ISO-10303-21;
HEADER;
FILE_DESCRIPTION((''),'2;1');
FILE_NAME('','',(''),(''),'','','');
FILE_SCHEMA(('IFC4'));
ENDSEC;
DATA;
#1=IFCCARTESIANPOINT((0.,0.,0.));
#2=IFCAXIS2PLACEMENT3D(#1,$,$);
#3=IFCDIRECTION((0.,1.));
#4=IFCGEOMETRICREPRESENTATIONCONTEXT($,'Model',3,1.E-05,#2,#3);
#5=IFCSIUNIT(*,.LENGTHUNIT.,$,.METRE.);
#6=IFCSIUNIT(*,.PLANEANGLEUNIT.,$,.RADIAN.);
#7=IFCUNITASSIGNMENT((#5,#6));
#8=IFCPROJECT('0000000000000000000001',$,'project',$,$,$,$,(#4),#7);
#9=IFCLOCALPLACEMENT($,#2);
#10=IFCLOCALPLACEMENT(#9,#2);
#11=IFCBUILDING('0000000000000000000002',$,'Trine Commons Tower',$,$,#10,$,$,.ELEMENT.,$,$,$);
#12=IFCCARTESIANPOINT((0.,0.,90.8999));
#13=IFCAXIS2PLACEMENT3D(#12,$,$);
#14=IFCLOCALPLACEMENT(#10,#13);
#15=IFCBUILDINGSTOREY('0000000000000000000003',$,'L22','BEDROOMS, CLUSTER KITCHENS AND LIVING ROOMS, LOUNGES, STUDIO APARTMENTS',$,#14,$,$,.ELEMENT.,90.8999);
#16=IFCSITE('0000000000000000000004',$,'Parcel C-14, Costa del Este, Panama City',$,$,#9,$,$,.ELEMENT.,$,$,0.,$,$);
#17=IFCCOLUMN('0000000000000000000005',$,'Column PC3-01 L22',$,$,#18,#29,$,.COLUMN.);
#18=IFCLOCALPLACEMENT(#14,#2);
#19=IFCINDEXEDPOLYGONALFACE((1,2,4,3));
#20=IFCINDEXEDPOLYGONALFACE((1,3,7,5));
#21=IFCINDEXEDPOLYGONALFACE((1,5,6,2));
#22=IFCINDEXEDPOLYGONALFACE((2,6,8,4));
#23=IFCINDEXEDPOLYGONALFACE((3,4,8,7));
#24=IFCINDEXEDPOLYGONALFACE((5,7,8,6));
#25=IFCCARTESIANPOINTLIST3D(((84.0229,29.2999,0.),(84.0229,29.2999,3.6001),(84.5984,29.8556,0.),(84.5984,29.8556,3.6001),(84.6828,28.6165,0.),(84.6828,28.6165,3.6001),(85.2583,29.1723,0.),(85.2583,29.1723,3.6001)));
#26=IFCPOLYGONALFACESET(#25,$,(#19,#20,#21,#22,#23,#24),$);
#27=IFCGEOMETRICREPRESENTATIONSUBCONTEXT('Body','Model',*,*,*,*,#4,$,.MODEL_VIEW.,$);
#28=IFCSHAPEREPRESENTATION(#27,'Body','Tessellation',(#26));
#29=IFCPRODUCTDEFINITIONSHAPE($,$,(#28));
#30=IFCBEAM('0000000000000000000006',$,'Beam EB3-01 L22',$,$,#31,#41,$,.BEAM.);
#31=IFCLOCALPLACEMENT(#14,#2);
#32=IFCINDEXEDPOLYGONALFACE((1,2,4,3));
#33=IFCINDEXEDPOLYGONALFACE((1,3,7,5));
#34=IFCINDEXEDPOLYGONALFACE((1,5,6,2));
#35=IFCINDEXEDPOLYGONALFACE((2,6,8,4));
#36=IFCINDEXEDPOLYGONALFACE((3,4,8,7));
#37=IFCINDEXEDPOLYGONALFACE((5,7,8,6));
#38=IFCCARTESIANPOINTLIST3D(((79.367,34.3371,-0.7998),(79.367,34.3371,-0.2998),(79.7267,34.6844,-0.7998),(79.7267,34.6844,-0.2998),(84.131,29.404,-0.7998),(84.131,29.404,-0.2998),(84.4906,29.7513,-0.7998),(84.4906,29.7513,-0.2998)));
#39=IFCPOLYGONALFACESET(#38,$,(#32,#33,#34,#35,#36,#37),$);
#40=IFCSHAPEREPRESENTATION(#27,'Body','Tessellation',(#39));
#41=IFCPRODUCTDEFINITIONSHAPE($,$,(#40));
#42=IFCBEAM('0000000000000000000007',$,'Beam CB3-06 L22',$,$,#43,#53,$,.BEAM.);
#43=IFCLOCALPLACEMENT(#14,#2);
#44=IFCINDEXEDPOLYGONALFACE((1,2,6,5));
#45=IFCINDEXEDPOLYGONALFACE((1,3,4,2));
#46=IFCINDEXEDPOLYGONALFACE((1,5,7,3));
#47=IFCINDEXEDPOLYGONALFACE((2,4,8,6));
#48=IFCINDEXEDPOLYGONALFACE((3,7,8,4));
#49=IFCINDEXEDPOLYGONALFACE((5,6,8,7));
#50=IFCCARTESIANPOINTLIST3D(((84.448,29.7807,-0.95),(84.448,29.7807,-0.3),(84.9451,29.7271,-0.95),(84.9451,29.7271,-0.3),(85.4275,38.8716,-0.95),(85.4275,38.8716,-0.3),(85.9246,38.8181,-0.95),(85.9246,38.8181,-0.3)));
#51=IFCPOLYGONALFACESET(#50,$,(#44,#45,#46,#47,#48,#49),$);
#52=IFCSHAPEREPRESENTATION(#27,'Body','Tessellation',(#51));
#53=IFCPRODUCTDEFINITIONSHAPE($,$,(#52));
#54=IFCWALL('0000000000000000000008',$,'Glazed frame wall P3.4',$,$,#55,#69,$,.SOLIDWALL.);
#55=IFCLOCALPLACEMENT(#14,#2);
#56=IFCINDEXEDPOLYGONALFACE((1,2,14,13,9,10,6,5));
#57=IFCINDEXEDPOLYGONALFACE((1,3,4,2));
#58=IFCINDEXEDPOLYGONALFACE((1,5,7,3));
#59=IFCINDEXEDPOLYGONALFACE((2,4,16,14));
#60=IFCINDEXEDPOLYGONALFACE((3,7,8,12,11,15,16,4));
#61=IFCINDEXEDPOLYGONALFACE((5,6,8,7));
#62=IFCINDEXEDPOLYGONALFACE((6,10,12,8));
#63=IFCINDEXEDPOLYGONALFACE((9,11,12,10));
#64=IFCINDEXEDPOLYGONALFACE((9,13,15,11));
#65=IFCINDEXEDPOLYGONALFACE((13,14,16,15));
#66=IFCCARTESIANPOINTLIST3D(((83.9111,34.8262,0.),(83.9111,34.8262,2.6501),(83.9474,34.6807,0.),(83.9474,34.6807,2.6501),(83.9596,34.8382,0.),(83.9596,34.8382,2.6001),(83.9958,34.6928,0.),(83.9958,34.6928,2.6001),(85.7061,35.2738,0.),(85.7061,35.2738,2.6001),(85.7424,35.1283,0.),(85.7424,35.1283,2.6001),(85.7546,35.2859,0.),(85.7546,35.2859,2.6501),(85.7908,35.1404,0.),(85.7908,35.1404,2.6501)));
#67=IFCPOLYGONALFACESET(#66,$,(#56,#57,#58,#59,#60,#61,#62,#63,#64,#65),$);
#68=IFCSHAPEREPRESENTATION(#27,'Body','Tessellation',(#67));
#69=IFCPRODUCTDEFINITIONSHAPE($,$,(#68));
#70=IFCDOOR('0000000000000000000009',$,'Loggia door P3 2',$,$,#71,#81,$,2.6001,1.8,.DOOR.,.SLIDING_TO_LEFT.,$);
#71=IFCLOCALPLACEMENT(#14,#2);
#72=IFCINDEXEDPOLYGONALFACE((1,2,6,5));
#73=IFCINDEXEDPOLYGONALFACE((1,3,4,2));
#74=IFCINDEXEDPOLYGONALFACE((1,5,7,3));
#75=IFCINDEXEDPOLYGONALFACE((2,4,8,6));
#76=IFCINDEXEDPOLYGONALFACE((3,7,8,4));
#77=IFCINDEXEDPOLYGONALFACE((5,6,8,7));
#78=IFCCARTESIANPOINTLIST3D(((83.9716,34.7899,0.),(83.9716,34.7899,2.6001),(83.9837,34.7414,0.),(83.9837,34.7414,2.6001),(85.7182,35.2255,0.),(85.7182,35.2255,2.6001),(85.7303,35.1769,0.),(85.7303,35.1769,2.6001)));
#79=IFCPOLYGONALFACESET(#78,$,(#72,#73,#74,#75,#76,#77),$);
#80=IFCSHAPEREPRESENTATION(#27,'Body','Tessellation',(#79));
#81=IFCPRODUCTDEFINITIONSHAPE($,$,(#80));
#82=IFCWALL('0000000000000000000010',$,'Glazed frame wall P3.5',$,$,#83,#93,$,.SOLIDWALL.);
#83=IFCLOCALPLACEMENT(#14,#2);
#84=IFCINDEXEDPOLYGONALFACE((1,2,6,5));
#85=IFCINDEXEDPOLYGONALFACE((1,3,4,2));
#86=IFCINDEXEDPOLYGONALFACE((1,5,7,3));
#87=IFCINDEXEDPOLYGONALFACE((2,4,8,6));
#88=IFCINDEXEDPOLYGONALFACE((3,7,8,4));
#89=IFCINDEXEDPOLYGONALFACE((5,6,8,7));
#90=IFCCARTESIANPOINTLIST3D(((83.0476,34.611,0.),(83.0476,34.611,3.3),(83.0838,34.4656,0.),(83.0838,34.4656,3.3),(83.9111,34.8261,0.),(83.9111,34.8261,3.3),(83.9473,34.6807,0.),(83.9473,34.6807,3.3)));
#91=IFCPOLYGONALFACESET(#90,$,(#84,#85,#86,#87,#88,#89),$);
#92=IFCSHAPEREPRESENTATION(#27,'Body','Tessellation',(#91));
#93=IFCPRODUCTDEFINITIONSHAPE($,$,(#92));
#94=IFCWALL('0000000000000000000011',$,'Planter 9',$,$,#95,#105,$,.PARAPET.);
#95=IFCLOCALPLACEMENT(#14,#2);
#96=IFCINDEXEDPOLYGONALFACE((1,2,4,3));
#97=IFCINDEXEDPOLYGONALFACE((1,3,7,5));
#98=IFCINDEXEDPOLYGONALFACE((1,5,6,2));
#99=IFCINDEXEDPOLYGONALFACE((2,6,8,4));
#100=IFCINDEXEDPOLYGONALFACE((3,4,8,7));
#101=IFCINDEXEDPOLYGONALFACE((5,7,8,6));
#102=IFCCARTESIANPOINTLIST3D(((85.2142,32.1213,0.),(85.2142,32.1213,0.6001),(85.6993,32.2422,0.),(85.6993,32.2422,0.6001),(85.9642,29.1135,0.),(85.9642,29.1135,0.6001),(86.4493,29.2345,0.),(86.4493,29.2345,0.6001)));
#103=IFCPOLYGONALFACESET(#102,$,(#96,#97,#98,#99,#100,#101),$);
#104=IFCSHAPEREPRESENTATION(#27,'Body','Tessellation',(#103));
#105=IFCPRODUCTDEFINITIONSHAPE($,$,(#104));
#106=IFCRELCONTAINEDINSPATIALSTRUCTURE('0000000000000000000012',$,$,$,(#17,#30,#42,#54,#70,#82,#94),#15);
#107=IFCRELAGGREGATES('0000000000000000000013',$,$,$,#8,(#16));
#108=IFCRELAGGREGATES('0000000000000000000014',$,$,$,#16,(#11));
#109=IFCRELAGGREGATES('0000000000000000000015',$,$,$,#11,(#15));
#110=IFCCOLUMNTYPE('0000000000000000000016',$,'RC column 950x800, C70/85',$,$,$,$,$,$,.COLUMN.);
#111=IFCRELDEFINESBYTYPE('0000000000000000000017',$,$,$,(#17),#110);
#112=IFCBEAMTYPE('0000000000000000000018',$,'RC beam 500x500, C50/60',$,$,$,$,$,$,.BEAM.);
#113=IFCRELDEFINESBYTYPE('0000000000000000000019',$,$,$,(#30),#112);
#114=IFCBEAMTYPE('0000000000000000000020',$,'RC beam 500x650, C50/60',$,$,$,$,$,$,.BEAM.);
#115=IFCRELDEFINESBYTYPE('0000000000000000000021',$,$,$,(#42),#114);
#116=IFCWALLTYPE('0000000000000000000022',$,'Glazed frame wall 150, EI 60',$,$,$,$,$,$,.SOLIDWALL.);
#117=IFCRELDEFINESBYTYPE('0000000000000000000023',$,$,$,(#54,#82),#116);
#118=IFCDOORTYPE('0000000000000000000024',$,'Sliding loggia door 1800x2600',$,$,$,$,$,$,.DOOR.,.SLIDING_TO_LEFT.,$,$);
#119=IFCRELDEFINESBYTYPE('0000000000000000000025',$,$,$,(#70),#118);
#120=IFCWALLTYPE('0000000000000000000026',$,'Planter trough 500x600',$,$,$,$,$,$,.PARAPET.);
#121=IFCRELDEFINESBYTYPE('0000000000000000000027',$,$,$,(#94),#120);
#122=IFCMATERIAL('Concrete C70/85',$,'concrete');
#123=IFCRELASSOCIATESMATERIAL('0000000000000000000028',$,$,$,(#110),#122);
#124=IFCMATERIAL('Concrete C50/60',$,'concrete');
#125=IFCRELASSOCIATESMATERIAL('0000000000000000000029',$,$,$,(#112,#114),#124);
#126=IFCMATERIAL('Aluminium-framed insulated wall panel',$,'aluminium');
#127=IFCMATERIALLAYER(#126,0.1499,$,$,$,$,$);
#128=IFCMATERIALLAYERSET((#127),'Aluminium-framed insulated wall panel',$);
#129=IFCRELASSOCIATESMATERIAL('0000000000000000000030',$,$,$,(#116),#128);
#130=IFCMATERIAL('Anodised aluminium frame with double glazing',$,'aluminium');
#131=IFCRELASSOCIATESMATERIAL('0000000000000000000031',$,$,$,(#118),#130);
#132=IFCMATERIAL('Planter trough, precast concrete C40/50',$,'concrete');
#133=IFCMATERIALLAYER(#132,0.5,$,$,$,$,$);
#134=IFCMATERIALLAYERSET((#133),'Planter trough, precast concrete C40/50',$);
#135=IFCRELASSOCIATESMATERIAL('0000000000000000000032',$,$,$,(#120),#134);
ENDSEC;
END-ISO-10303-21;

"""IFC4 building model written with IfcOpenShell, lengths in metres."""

from ifc_helpers import new_model, si_unit, direction, frame, frame_2d, origin, origin_2d, place, context, subcontext, project, spatial, polyline, rectangle, outline, extrude, material, layer, layer_set, material_profile, profile_set, type_object, element, fill, save


model = new_model("IFC4")

# Units and contexts
model_context = context("Model", 3, precision=1e-05, world=origin(), true_north=direction((0.0, 1.0)))
body_context = subcontext(model_context, "Body", "Model", "MODEL_VIEW")
ifc_project = project(units=[si_unit("LENGTHUNIT", "METRE"), si_unit("PLANEANGLEUNIT", "RADIAN")], contexts=[model_context])

# Site, building, storey
site_placement = place(None, origin())
site = spatial("IfcSite", under=ifc_project, at=site_placement, Name="Parcel C-14, Costa del Este, Panama City", CompositionType="ELEMENT", RefElevation=0.0)
building_placement = place(site_placement, origin())
building = spatial("IfcBuilding", under=site, at=building_placement, Name="Trine Commons Tower", CompositionType="ELEMENT")
storey_placement = place(building_placement, frame((0.0, 0.0, 90.8999)))
storey = spatial("IfcBuildingStorey", under=building, at=storey_placement, Name="L22", Description="BEDROOMS, CLUSTER KITCHENS AND LIVING ROOMS, LOUNGES, STUDIO APARTMENTS", CompositionType="ELEMENT", Elevation=90.8999)

# Column
ifc_material_1 = material(Name="Concrete C70/85", Category="concrete")
ifc_material_profile_1 = material_profile(ifc_material_1, rectangle(XDim=0.95, YDim=0.8, at=origin_2d()), Name="RC 950x800")
ifc_profile_set_1 = profile_set([ifc_material_profile_1], Name="Concrete C70/85")
column_type = type_object("IfcColumnType", Name="RC column 950x800, C70/85", PredefinedType="COLUMN", material=ifc_profile_set_1)
column_placement = place(storey_placement, frame((84.6406, 29.2361, 0.0), z_axis=(0.0, 0.0, 1.0), x_axis=(-0.694658, 0.71934, 0.0)))
element("IfcColumn", 1, at=column_placement, inside=storey, type_object=column_type, Name="Column PC3-01 L22", PredefinedType="COLUMN", context=body_context, shape_type="SweptSolid", body=[
    extrude(rectangle(XDim=0.95, YDim=0.8, at=origin_2d()), origin(), (0.0, 0.0, 1.0), 3.6001),
])

# Beams
ifc_material_2 = material(Name="Concrete C50/60", Category="concrete")
ifc_material_profile_2 = material_profile(ifc_material_2, rectangle(XDim=0.5, YDim=0.5, at=origin_2d()), Name="RC 500x500")
ifc_profile_set_2 = profile_set([ifc_material_profile_2], Name="Concrete C50/60")
beam_type_1 = type_object("IfcBeamType", Name="RC beam 500x500, C50/60", PredefinedType="BEAM", material=ifc_profile_set_2)
beam_1_placement = place(storey_placement, frame((84.3108, 29.5776, -0.5498), z_axis=(-0.694664, 0.719335, 0.0), x_axis=(-0.719335, -0.694664, 0.0)))
element("IfcBeam", 2, at=beam_1_placement, inside=storey, type_object=beam_type_1, Name="Beam EB3-01 L22", PredefinedType="BEAM", context=body_context, shape_type="SweptSolid", body=[
    extrude(rectangle(XDim=0.5, YDim=0.5, at=origin_2d()), origin(), (0.0, 0.0, 1.0), 6.8579),
])
ifc_material_profile_3 = material_profile(ifc_material_2, rectangle(XDim=0.5, YDim=0.6499, at=origin_2d()), Name="RC 500x650")
ifc_profile_set_3 = profile_set([ifc_material_profile_3], Name="Concrete C50/60")
beam_type_2 = type_object("IfcBeamType", Name="RC beam 500x650, C50/60", PredefinedType="BEAM", material=ifc_profile_set_3)
beam_2_placement = place(storey_placement, frame((84.6965, 29.7539, -0.625), z_axis=(0.107125, 0.994246, 0.0), x_axis=(-0.994246, 0.107125, 0.0)))
element("IfcBeam", 3, at=beam_2_placement, inside=storey, type_object=beam_type_2, Name="Beam CB3-06 L22", PredefinedType="BEAM", context=body_context, shape_type="SweptSolid", body=[
    extrude(rectangle(XDim=0.5, YDim=0.6499, at=origin_2d()), origin(), (0.0, 0.0, 1.0), 9.1436),
])

# Wall, opening, door
ifc_material_3 = material(Name="Aluminium-framed insulated wall panel", Category="aluminium")
ifc_layer_1 = layer(ifc_material_3, 0.1499)
ifc_layer_set_1 = layer_set([ifc_layer_1], Name="Aluminium-framed insulated wall panel")
wall_type_1 = type_object("IfcWallType", Name="Glazed frame wall 150, EI 60", PredefinedType="SOLIDWALL", material=ifc_layer_set_1)
wall_1_placement = place(storey_placement, frame((85.7727, 35.2131, 0.0), z_axis=(0.0, 0.0, 1.0), x_axis=(-0.970286, -0.241961, 0.0)))
wall_1 = element("IfcWall", 4, at=wall_1_placement, inside=storey, type_object=wall_type_1, Name="Glazed frame wall P3.4", PredefinedType="SOLIDWALL", context=body_context, shape_type="SweptSolid", body=[
    extrude(outline(polyline([(0.0, -0.075), (1.8999, -0.075), (1.8999, 0.075), (0.0, 0.075), (0.0, -0.075)])), origin(), (0.0, 0.0, 1.0), 2.6501),
])
opening_placement = place(wall_1_placement, frame((0.05, 0.0, 0.0)))
opening = element("IfcOpeningElement", 5, at=opening_placement, cuts=wall_1, PredefinedType="OPENING", context=body_context, shape_type="SweptSolid", body=[
    extrude(rectangle(XDim=1.8, YDim=2.6001, at=frame_2d((0.8999, 1.3))), frame((0.0, 0.085, 0.0), z_axis=(0.0, -1.0, 0.0), x_axis=(1.0, 0.0, 0.0)), (0.0, 0.0, 1.0), 0.1699),
])
ifc_material_4 = material(Name="Anodised aluminium frame with double glazing", Category="aluminium")
door_type = type_object("IfcDoorType", Name="Sliding loggia door 1800x2600", OperationType="SLIDING_TO_LEFT", PredefinedType="DOOR", material=ifc_material_4)
door_placement = place(opening_placement, origin())
door = element("IfcDoor", 6, at=door_placement, inside=storey, type_object=door_type, Name="Loggia door P3 2", OperationType="SLIDING_TO_LEFT", OverallHeight=2.6001, OverallWidth=1.8, PredefinedType="DOOR", context=body_context, shape_type="SweptSolid", body=[
    extrude(rectangle(XDim=1.8, YDim=2.6001, at=frame_2d((0.8999, 1.3))), frame((0.0, 0.0249, 0.0), z_axis=(0.0, -1.0, 0.0), x_axis=(1.0, 0.0, 0.0)), (0.0, 0.0, 1.0), 0.05),
])
fill(opening, door)

# Walls
wall_2_placement = place(storey_placement, frame((83.9292, 34.7534, 0.0), z_axis=(0.0, 0.0, 1.0), x_axis=(-0.970343, -0.241731, 0.0)))
element("IfcWall", 7, at=wall_2_placement, inside=storey, type_object=wall_type_1, Name="Glazed frame wall P3.5", PredefinedType="SOLIDWALL", context=body_context, shape_type="SweptSolid", body=[
    extrude(outline(polyline([(0.8899, 0.075), (0.0, 0.075), (0.0, -0.075), (0.8899, -0.075), (0.8899, 0.075)])), origin(), (0.0, 0.0, 1.0), 3.3),
])
ifc_material_5 = material(Name="Planter trough, precast concrete C40/50", Category="concrete")
ifc_layer_2 = layer(ifc_material_5, 0.5)
ifc_layer_set_2 = layer_set([ifc_layer_2], Name="Planter trough, precast concrete C40/50")
wall_type_2 = type_object("IfcWallType", Name="Planter trough 500x600", PredefinedType="PARAPET", material=ifc_layer_set_2)
wall_3_placement = place(storey_placement, frame((85.4568, 32.1816, 0.0), z_axis=(0.0, 0.0, 1.0), x_axis=(0.241943, -0.970291, 0.0)))
element("IfcWall", 8, at=wall_3_placement, inside=storey, type_object=wall_type_2, Name="Planter 9", PredefinedType="PARAPET", context=body_context, shape_type="SweptSolid", body=[
    extrude(rectangle(XDim=3.0999, YDim=0.5, at=frame_2d((1.5498, 0.0))), origin(), (0.0, 0.0, 1.0), 0.6001),
])

save(model, "model.ifc")
